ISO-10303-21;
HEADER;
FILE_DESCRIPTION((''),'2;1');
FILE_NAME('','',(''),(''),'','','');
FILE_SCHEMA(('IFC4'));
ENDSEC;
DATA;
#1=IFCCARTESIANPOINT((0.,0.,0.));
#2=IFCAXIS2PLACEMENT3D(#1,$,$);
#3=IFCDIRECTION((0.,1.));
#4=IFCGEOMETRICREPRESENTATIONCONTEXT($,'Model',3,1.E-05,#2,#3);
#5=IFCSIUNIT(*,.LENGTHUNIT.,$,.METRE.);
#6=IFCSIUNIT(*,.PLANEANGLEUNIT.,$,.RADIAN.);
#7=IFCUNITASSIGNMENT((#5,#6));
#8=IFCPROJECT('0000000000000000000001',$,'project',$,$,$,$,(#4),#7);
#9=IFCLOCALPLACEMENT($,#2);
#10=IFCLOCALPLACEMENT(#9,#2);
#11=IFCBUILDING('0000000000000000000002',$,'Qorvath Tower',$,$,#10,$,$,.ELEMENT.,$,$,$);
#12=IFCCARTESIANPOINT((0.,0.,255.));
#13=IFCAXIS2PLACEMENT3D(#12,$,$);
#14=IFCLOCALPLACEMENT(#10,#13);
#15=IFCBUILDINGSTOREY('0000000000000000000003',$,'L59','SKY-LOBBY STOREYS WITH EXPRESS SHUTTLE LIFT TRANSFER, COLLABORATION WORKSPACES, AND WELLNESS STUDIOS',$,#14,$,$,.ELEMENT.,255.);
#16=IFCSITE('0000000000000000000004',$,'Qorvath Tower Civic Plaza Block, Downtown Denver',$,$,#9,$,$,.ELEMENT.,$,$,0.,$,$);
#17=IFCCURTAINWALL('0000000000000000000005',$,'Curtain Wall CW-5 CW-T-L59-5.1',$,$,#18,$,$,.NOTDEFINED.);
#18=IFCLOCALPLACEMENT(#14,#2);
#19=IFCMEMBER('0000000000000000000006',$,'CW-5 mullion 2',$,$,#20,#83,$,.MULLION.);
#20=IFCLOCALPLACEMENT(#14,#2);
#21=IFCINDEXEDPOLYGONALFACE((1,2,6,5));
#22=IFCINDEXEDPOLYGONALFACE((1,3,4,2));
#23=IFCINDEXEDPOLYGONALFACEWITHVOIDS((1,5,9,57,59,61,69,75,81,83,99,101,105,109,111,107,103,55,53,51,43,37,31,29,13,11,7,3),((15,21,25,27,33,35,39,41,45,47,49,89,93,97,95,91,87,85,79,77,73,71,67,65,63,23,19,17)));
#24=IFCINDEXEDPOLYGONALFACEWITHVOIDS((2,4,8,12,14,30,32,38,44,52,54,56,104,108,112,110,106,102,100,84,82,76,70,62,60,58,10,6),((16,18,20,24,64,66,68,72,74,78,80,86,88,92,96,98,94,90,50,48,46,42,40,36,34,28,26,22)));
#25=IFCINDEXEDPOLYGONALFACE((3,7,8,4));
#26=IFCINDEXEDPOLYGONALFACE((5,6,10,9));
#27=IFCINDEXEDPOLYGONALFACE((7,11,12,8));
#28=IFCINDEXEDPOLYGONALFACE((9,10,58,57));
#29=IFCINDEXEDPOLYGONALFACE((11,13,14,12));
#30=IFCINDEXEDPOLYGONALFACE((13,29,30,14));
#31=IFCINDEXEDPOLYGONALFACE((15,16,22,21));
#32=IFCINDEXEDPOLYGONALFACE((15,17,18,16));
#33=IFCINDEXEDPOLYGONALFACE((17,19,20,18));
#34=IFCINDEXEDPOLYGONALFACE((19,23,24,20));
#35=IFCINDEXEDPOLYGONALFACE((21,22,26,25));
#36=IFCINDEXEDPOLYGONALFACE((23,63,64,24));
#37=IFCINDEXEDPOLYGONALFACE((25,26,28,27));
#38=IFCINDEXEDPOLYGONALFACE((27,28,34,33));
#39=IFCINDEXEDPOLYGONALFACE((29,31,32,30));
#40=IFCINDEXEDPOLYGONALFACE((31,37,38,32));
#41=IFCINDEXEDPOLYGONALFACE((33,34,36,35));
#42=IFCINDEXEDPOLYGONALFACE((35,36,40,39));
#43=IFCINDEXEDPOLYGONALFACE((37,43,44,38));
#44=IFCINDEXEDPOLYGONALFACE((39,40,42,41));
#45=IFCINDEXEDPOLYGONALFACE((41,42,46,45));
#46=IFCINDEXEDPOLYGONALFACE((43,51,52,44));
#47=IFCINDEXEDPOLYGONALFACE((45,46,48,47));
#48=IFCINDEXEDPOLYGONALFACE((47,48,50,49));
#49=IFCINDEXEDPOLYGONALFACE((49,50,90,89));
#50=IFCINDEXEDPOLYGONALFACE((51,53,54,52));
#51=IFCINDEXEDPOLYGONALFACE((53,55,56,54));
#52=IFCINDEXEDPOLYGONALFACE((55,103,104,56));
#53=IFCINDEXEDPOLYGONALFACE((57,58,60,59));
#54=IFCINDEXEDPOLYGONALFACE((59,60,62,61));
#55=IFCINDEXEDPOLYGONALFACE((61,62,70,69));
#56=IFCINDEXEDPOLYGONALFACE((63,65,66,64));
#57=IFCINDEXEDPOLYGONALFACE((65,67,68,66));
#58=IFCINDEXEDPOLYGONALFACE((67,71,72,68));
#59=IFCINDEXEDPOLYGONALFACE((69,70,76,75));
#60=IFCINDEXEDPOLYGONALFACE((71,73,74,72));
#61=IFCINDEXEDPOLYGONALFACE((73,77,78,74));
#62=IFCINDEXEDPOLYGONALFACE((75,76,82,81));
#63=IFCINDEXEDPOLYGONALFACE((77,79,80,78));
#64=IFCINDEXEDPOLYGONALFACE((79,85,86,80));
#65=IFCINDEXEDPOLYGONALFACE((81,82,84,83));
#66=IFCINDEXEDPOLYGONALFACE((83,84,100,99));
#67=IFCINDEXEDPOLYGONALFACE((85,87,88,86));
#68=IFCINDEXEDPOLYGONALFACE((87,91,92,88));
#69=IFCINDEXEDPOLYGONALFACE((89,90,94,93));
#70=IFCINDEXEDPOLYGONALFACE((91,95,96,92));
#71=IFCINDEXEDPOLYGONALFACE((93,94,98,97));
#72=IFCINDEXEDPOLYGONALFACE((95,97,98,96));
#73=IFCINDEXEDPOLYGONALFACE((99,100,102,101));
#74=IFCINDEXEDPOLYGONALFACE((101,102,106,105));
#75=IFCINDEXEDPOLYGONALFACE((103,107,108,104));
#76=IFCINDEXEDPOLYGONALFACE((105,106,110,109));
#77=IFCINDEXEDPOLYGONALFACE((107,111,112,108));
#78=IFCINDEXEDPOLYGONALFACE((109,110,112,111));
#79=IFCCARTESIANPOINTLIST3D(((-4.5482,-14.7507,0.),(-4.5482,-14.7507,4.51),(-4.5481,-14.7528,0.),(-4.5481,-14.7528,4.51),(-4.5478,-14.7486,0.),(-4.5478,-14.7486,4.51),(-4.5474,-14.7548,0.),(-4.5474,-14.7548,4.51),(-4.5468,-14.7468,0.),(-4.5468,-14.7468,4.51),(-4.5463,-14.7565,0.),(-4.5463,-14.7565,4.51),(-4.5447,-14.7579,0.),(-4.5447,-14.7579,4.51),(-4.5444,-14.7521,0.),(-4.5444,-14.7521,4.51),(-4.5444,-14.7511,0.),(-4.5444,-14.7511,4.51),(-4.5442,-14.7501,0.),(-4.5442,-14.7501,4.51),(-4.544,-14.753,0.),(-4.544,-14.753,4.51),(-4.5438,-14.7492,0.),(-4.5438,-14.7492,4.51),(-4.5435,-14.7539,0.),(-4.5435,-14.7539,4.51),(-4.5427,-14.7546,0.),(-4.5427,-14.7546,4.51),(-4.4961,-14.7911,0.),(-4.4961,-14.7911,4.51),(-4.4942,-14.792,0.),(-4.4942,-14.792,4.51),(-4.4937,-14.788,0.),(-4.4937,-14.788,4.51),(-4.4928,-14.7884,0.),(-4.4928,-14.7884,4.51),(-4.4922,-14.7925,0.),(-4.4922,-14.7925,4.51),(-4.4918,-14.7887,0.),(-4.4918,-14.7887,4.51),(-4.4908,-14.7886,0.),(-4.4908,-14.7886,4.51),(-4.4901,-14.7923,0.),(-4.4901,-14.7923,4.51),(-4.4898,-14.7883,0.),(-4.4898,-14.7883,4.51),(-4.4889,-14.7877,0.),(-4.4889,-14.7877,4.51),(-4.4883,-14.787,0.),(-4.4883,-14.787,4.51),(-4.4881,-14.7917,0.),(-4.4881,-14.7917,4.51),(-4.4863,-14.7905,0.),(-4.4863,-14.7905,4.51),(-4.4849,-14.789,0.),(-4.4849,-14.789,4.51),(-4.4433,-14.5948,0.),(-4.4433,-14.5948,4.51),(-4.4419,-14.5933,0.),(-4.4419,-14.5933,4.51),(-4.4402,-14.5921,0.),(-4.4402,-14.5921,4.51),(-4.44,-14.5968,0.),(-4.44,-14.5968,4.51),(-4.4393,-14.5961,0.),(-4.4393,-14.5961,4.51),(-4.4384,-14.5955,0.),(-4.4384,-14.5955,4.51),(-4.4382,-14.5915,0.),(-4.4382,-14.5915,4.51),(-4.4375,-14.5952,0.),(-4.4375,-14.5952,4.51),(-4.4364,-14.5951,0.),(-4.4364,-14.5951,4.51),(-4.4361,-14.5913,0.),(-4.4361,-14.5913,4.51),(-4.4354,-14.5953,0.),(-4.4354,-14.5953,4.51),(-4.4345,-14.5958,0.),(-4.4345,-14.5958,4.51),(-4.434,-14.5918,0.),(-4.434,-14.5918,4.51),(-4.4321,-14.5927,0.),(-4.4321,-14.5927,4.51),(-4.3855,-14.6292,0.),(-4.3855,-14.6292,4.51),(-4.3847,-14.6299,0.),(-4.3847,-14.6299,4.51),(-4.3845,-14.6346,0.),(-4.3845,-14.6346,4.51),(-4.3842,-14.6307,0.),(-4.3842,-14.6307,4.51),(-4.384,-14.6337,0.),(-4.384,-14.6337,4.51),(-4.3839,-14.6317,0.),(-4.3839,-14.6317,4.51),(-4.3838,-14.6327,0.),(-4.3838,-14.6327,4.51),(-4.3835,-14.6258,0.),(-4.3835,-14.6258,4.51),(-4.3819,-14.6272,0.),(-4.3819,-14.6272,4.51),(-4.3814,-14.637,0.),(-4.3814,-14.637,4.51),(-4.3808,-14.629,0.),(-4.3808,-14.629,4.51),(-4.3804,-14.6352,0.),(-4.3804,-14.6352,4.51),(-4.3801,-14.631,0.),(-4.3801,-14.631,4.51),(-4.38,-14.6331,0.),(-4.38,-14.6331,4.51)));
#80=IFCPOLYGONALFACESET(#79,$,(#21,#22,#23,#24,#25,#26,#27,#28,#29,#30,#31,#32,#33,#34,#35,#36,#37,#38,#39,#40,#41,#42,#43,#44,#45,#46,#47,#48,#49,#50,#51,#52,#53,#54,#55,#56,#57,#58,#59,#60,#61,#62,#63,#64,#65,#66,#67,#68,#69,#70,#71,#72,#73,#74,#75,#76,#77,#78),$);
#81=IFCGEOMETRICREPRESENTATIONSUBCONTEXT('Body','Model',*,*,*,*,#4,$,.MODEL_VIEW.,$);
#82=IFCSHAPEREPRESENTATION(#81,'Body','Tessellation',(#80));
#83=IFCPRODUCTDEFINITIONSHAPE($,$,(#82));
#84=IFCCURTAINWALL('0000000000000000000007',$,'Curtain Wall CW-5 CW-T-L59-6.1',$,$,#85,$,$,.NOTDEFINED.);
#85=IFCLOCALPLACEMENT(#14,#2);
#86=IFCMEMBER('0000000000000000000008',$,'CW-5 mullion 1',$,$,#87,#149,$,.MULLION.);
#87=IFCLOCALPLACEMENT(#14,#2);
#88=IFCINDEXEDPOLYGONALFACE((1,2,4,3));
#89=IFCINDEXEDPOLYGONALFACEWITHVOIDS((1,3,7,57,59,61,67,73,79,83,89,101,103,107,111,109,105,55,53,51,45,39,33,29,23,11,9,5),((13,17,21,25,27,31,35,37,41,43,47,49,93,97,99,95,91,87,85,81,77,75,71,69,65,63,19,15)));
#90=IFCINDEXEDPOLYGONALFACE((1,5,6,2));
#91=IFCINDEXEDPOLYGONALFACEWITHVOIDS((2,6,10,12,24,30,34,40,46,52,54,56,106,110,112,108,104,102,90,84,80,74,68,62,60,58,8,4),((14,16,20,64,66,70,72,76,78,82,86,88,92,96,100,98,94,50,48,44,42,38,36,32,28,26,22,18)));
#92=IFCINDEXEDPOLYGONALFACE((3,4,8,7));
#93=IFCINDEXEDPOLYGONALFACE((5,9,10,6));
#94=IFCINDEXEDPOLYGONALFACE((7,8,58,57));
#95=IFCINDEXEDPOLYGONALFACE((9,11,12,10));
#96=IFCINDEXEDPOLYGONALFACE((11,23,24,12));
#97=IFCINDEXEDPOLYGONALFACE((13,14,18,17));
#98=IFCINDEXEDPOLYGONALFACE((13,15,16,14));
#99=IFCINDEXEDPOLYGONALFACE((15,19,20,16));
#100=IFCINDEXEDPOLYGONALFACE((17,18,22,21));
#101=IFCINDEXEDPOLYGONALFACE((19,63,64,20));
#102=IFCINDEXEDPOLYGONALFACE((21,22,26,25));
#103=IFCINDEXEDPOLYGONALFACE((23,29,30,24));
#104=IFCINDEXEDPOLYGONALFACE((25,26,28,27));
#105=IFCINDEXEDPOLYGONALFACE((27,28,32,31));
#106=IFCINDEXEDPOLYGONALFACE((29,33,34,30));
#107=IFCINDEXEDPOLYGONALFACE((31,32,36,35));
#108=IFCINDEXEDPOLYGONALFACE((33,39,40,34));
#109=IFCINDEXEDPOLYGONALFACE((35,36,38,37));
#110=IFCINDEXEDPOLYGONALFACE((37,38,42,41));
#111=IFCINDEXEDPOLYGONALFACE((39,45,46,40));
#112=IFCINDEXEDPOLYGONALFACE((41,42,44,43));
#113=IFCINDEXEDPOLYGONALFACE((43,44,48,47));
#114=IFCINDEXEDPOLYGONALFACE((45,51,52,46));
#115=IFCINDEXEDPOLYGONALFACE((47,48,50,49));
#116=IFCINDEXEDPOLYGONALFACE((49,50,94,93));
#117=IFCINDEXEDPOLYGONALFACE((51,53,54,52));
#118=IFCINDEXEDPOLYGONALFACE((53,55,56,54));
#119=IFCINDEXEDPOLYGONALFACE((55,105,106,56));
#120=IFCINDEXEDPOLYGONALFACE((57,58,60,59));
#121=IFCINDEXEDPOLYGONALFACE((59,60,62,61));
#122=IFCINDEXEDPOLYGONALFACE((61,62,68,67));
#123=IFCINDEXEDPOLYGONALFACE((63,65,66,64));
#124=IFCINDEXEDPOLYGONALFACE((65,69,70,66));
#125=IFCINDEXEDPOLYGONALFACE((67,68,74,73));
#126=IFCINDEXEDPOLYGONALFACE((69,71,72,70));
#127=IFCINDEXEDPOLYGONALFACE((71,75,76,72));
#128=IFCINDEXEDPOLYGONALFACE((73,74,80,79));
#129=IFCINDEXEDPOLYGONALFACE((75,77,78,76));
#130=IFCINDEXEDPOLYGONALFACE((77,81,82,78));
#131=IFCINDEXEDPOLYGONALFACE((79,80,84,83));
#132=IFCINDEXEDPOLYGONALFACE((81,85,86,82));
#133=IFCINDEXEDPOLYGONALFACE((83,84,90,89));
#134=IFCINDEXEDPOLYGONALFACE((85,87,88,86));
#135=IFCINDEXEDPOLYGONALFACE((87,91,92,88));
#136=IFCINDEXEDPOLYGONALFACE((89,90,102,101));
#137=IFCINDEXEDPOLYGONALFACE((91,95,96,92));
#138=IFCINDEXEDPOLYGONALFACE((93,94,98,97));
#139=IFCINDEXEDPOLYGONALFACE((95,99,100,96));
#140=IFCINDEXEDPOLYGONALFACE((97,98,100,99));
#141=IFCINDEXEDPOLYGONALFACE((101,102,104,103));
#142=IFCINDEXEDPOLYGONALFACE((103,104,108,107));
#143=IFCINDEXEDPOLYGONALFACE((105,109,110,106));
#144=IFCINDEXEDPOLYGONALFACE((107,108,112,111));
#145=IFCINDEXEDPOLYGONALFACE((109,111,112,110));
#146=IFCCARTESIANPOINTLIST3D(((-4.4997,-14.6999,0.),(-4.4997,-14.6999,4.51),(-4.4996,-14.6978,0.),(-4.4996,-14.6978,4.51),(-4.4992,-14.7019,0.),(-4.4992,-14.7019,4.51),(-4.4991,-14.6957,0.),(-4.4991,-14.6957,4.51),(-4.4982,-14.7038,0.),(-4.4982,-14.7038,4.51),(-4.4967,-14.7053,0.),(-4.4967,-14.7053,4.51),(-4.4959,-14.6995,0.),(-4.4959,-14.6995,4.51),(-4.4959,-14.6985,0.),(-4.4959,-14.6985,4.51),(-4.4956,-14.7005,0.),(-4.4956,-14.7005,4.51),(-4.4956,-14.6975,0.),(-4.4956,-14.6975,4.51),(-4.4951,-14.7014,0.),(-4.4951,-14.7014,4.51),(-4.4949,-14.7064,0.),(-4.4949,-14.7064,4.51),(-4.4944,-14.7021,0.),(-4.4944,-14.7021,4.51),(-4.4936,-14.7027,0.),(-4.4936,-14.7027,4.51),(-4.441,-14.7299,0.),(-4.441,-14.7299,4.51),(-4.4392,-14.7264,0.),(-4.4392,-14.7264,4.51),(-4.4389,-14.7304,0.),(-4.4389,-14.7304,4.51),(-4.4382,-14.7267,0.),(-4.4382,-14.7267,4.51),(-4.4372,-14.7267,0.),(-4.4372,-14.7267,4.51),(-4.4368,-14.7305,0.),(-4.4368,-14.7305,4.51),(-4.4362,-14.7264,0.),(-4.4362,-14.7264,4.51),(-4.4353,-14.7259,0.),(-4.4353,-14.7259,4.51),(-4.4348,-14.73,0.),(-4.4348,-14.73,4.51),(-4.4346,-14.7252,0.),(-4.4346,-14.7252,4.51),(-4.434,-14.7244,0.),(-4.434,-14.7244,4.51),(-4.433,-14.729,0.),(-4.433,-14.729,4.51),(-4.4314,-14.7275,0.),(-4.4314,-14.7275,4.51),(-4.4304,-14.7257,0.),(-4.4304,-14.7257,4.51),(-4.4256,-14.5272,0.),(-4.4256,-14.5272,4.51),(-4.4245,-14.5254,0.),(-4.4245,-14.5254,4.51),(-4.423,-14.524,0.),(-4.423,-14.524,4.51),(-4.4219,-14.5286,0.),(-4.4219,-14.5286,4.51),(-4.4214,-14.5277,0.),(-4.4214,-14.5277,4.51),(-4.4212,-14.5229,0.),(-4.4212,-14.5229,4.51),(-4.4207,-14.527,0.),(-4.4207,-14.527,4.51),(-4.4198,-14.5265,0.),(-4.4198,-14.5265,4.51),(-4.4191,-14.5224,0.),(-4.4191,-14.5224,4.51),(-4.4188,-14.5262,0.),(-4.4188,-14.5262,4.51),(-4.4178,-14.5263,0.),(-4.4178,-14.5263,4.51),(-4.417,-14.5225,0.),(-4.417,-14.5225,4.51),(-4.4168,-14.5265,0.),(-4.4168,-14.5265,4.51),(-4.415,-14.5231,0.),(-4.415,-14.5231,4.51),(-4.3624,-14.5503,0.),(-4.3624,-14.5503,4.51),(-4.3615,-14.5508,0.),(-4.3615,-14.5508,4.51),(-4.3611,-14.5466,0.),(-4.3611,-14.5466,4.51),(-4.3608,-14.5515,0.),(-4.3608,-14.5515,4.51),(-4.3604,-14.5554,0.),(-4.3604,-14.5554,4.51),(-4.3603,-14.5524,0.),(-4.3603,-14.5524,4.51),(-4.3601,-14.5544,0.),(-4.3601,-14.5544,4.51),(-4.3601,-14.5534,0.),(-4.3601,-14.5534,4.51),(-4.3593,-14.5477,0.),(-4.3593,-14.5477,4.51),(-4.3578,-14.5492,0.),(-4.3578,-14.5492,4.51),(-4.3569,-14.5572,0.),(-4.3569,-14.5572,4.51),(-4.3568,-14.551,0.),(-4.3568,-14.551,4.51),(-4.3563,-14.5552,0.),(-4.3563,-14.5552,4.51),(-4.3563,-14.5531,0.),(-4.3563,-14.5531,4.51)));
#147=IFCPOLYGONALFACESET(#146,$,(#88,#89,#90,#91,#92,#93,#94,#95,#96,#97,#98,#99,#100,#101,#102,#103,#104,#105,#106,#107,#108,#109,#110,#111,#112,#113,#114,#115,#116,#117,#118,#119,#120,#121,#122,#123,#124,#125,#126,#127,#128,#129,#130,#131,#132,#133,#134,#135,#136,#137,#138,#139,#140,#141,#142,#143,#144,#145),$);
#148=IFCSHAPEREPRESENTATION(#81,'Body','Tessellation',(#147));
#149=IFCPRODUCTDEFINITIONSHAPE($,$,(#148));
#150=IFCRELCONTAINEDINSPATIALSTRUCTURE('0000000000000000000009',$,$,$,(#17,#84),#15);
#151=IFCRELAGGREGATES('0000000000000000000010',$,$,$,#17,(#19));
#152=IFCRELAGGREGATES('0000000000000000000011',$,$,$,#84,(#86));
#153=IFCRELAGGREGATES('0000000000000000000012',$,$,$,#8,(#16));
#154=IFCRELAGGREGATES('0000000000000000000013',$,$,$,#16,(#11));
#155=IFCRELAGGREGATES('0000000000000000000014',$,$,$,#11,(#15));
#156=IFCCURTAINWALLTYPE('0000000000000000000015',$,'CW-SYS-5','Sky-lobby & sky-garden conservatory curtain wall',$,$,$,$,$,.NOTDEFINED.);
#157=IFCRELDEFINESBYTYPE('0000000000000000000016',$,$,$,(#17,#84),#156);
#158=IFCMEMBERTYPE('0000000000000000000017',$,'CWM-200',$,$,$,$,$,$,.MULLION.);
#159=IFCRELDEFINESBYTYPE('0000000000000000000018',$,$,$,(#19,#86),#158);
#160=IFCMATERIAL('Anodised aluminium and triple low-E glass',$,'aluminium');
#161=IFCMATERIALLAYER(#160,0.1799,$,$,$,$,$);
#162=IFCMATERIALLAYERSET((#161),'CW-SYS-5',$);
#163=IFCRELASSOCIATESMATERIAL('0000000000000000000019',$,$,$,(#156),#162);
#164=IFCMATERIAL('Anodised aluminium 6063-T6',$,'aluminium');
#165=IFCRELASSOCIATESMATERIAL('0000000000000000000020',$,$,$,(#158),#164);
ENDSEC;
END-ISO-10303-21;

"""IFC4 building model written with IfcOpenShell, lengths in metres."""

from ifc_helpers import new_model, si_unit, direction, frame, origin, origin_2d, place, context, subcontext, project, spatial, hollow_rectangle, extrude, material, layer, layer_set, material_profile, profile_set, type_object, element, aggregate, save


model = new_model("IFC4")

# Units and contexts
model_context = context("Model", 3, precision=1e-05, world=origin(), true_north=direction((0.0, 1.0)))
body_context = subcontext(model_context, "Body", "Model", "MODEL_VIEW")
ifc_project = project(units=[si_unit("LENGTHUNIT", "METRE"), si_unit("PLANEANGLEUNIT", "RADIAN")], contexts=[model_context])

# Site, building, storey
site_placement = place(None, origin())
site = spatial("IfcSite", under=ifc_project, at=site_placement, Name="Qorvath Tower Civic Plaza Block, Downtown Denver", CompositionType="ELEMENT", RefElevation=0.0)
building_placement = place(site_placement, origin())
building = spatial("IfcBuilding", under=site, at=building_placement, Name="Qorvath Tower", CompositionType="ELEMENT")
storey_placement = place(building_placement, frame((0.0, 0.0, 255.0)))
storey = spatial("IfcBuildingStorey", under=building, at=storey_placement, Name="L59", Description="SKY-LOBBY STOREYS WITH EXPRESS SHUTTLE LIFT TRANSFER, COLLABORATION WORKSPACES, AND WELLNESS STUDIOS", CompositionType="ELEMENT", Elevation=255.0)

# Shared definitions
ifc_material_1 = material(Name="Anodised aluminium and triple low-E glass", Category="aluminium")
ifc_layer_1 = layer(ifc_material_1, 0.1799)
ifc_layer_set_1 = layer_set([ifc_layer_1], Name="CW-SYS-5")
curtain_wall_type = type_object("IfcCurtainWallType", Name="CW-SYS-5", Description="Sky-lobby & sky-garden conservatory curtain wall", PredefinedType="NOTDEFINED", material=ifc_layer_set_1)
ifc_material_2 = material(Name="Anodised aluminium 6063-T6", Category="aluminium")
ifc_material_profile_1 = material_profile(ifc_material_2, hollow_rectangle(XDim=0.075, YDim=0.2, WallThickness=0.0039, InnerFilletRadius=0.0039, OuterFilletRadius=0.0081, at=origin_2d()), Name="CWM 200x75")
ifc_profile_set_1 = profile_set([ifc_material_profile_1], Name="Anodised aluminium 6063-T6")
member_type_1 = type_object("IfcMemberType", Name="CWM-200", PredefinedType="MULLION", material=ifc_profile_set_1)

# Curtain walls, members
curtain_wall_1_placement = place(storey_placement, origin())
curtain_wall_1 = element("IfcCurtainWall", 1, at=curtain_wall_1_placement, inside=storey, type_object=curtain_wall_type, Name="Curtain Wall CW-5 CW-T-L59-5.1", PredefinedType="NOTDEFINED")
member_1_placement = place(storey_placement, frame((-4.4641, -14.6919, 0.0), z_axis=(0.0, 0.0, 1.0), x_axis=(-0.826379, 0.563115, 0.0)))
member_1 = element("IfcMember", 2, at=member_1_placement, type_object=member_type_1, Name="CW-5 mullion 2", PredefinedType="MULLION", context=body_context, shape_type="SweptSolid", body=[
    extrude(hollow_rectangle(XDim=0.075, YDim=0.2, WallThickness=0.0039, InnerFilletRadius=0.0039, OuterFilletRadius=0.0081, at=origin_2d()), origin(), (0.0, 0.0, 1.0), 4.51),
])
curtain_wall_2_placement = place(storey_placement, origin())
curtain_wall_2 = element("IfcCurtainWall", 3, at=curtain_wall_2_placement, inside=storey, type_object=curtain_wall_type, Name="Curtain Wall CW-5 CW-T-L59-6.1", PredefinedType="NOTDEFINED")
member_2_placement = place(storey_placement, frame((-4.428, -14.6265, 0.0), z_axis=(0.0, 0.0, 1.0), x_axis=(-0.916661, 0.399666, 0.0)))
member_2 = element("IfcMember", 4, at=member_2_placement, type_object=member_type_1, Name="CW-5 mullion 1", PredefinedType="MULLION", context=body_context, shape_type="SweptSolid", body=[
    extrude(hollow_rectangle(XDim=0.075, YDim=0.2, WallThickness=0.0039, InnerFilletRadius=0.0039, OuterFilletRadius=0.0081, at=origin_2d()), origin(), (0.0, 0.0, 1.0), 4.51),
])

aggregate(curtain_wall_1, [member_1])
aggregate(curtain_wall_2, [member_2])

save(model, "model.ifc")
